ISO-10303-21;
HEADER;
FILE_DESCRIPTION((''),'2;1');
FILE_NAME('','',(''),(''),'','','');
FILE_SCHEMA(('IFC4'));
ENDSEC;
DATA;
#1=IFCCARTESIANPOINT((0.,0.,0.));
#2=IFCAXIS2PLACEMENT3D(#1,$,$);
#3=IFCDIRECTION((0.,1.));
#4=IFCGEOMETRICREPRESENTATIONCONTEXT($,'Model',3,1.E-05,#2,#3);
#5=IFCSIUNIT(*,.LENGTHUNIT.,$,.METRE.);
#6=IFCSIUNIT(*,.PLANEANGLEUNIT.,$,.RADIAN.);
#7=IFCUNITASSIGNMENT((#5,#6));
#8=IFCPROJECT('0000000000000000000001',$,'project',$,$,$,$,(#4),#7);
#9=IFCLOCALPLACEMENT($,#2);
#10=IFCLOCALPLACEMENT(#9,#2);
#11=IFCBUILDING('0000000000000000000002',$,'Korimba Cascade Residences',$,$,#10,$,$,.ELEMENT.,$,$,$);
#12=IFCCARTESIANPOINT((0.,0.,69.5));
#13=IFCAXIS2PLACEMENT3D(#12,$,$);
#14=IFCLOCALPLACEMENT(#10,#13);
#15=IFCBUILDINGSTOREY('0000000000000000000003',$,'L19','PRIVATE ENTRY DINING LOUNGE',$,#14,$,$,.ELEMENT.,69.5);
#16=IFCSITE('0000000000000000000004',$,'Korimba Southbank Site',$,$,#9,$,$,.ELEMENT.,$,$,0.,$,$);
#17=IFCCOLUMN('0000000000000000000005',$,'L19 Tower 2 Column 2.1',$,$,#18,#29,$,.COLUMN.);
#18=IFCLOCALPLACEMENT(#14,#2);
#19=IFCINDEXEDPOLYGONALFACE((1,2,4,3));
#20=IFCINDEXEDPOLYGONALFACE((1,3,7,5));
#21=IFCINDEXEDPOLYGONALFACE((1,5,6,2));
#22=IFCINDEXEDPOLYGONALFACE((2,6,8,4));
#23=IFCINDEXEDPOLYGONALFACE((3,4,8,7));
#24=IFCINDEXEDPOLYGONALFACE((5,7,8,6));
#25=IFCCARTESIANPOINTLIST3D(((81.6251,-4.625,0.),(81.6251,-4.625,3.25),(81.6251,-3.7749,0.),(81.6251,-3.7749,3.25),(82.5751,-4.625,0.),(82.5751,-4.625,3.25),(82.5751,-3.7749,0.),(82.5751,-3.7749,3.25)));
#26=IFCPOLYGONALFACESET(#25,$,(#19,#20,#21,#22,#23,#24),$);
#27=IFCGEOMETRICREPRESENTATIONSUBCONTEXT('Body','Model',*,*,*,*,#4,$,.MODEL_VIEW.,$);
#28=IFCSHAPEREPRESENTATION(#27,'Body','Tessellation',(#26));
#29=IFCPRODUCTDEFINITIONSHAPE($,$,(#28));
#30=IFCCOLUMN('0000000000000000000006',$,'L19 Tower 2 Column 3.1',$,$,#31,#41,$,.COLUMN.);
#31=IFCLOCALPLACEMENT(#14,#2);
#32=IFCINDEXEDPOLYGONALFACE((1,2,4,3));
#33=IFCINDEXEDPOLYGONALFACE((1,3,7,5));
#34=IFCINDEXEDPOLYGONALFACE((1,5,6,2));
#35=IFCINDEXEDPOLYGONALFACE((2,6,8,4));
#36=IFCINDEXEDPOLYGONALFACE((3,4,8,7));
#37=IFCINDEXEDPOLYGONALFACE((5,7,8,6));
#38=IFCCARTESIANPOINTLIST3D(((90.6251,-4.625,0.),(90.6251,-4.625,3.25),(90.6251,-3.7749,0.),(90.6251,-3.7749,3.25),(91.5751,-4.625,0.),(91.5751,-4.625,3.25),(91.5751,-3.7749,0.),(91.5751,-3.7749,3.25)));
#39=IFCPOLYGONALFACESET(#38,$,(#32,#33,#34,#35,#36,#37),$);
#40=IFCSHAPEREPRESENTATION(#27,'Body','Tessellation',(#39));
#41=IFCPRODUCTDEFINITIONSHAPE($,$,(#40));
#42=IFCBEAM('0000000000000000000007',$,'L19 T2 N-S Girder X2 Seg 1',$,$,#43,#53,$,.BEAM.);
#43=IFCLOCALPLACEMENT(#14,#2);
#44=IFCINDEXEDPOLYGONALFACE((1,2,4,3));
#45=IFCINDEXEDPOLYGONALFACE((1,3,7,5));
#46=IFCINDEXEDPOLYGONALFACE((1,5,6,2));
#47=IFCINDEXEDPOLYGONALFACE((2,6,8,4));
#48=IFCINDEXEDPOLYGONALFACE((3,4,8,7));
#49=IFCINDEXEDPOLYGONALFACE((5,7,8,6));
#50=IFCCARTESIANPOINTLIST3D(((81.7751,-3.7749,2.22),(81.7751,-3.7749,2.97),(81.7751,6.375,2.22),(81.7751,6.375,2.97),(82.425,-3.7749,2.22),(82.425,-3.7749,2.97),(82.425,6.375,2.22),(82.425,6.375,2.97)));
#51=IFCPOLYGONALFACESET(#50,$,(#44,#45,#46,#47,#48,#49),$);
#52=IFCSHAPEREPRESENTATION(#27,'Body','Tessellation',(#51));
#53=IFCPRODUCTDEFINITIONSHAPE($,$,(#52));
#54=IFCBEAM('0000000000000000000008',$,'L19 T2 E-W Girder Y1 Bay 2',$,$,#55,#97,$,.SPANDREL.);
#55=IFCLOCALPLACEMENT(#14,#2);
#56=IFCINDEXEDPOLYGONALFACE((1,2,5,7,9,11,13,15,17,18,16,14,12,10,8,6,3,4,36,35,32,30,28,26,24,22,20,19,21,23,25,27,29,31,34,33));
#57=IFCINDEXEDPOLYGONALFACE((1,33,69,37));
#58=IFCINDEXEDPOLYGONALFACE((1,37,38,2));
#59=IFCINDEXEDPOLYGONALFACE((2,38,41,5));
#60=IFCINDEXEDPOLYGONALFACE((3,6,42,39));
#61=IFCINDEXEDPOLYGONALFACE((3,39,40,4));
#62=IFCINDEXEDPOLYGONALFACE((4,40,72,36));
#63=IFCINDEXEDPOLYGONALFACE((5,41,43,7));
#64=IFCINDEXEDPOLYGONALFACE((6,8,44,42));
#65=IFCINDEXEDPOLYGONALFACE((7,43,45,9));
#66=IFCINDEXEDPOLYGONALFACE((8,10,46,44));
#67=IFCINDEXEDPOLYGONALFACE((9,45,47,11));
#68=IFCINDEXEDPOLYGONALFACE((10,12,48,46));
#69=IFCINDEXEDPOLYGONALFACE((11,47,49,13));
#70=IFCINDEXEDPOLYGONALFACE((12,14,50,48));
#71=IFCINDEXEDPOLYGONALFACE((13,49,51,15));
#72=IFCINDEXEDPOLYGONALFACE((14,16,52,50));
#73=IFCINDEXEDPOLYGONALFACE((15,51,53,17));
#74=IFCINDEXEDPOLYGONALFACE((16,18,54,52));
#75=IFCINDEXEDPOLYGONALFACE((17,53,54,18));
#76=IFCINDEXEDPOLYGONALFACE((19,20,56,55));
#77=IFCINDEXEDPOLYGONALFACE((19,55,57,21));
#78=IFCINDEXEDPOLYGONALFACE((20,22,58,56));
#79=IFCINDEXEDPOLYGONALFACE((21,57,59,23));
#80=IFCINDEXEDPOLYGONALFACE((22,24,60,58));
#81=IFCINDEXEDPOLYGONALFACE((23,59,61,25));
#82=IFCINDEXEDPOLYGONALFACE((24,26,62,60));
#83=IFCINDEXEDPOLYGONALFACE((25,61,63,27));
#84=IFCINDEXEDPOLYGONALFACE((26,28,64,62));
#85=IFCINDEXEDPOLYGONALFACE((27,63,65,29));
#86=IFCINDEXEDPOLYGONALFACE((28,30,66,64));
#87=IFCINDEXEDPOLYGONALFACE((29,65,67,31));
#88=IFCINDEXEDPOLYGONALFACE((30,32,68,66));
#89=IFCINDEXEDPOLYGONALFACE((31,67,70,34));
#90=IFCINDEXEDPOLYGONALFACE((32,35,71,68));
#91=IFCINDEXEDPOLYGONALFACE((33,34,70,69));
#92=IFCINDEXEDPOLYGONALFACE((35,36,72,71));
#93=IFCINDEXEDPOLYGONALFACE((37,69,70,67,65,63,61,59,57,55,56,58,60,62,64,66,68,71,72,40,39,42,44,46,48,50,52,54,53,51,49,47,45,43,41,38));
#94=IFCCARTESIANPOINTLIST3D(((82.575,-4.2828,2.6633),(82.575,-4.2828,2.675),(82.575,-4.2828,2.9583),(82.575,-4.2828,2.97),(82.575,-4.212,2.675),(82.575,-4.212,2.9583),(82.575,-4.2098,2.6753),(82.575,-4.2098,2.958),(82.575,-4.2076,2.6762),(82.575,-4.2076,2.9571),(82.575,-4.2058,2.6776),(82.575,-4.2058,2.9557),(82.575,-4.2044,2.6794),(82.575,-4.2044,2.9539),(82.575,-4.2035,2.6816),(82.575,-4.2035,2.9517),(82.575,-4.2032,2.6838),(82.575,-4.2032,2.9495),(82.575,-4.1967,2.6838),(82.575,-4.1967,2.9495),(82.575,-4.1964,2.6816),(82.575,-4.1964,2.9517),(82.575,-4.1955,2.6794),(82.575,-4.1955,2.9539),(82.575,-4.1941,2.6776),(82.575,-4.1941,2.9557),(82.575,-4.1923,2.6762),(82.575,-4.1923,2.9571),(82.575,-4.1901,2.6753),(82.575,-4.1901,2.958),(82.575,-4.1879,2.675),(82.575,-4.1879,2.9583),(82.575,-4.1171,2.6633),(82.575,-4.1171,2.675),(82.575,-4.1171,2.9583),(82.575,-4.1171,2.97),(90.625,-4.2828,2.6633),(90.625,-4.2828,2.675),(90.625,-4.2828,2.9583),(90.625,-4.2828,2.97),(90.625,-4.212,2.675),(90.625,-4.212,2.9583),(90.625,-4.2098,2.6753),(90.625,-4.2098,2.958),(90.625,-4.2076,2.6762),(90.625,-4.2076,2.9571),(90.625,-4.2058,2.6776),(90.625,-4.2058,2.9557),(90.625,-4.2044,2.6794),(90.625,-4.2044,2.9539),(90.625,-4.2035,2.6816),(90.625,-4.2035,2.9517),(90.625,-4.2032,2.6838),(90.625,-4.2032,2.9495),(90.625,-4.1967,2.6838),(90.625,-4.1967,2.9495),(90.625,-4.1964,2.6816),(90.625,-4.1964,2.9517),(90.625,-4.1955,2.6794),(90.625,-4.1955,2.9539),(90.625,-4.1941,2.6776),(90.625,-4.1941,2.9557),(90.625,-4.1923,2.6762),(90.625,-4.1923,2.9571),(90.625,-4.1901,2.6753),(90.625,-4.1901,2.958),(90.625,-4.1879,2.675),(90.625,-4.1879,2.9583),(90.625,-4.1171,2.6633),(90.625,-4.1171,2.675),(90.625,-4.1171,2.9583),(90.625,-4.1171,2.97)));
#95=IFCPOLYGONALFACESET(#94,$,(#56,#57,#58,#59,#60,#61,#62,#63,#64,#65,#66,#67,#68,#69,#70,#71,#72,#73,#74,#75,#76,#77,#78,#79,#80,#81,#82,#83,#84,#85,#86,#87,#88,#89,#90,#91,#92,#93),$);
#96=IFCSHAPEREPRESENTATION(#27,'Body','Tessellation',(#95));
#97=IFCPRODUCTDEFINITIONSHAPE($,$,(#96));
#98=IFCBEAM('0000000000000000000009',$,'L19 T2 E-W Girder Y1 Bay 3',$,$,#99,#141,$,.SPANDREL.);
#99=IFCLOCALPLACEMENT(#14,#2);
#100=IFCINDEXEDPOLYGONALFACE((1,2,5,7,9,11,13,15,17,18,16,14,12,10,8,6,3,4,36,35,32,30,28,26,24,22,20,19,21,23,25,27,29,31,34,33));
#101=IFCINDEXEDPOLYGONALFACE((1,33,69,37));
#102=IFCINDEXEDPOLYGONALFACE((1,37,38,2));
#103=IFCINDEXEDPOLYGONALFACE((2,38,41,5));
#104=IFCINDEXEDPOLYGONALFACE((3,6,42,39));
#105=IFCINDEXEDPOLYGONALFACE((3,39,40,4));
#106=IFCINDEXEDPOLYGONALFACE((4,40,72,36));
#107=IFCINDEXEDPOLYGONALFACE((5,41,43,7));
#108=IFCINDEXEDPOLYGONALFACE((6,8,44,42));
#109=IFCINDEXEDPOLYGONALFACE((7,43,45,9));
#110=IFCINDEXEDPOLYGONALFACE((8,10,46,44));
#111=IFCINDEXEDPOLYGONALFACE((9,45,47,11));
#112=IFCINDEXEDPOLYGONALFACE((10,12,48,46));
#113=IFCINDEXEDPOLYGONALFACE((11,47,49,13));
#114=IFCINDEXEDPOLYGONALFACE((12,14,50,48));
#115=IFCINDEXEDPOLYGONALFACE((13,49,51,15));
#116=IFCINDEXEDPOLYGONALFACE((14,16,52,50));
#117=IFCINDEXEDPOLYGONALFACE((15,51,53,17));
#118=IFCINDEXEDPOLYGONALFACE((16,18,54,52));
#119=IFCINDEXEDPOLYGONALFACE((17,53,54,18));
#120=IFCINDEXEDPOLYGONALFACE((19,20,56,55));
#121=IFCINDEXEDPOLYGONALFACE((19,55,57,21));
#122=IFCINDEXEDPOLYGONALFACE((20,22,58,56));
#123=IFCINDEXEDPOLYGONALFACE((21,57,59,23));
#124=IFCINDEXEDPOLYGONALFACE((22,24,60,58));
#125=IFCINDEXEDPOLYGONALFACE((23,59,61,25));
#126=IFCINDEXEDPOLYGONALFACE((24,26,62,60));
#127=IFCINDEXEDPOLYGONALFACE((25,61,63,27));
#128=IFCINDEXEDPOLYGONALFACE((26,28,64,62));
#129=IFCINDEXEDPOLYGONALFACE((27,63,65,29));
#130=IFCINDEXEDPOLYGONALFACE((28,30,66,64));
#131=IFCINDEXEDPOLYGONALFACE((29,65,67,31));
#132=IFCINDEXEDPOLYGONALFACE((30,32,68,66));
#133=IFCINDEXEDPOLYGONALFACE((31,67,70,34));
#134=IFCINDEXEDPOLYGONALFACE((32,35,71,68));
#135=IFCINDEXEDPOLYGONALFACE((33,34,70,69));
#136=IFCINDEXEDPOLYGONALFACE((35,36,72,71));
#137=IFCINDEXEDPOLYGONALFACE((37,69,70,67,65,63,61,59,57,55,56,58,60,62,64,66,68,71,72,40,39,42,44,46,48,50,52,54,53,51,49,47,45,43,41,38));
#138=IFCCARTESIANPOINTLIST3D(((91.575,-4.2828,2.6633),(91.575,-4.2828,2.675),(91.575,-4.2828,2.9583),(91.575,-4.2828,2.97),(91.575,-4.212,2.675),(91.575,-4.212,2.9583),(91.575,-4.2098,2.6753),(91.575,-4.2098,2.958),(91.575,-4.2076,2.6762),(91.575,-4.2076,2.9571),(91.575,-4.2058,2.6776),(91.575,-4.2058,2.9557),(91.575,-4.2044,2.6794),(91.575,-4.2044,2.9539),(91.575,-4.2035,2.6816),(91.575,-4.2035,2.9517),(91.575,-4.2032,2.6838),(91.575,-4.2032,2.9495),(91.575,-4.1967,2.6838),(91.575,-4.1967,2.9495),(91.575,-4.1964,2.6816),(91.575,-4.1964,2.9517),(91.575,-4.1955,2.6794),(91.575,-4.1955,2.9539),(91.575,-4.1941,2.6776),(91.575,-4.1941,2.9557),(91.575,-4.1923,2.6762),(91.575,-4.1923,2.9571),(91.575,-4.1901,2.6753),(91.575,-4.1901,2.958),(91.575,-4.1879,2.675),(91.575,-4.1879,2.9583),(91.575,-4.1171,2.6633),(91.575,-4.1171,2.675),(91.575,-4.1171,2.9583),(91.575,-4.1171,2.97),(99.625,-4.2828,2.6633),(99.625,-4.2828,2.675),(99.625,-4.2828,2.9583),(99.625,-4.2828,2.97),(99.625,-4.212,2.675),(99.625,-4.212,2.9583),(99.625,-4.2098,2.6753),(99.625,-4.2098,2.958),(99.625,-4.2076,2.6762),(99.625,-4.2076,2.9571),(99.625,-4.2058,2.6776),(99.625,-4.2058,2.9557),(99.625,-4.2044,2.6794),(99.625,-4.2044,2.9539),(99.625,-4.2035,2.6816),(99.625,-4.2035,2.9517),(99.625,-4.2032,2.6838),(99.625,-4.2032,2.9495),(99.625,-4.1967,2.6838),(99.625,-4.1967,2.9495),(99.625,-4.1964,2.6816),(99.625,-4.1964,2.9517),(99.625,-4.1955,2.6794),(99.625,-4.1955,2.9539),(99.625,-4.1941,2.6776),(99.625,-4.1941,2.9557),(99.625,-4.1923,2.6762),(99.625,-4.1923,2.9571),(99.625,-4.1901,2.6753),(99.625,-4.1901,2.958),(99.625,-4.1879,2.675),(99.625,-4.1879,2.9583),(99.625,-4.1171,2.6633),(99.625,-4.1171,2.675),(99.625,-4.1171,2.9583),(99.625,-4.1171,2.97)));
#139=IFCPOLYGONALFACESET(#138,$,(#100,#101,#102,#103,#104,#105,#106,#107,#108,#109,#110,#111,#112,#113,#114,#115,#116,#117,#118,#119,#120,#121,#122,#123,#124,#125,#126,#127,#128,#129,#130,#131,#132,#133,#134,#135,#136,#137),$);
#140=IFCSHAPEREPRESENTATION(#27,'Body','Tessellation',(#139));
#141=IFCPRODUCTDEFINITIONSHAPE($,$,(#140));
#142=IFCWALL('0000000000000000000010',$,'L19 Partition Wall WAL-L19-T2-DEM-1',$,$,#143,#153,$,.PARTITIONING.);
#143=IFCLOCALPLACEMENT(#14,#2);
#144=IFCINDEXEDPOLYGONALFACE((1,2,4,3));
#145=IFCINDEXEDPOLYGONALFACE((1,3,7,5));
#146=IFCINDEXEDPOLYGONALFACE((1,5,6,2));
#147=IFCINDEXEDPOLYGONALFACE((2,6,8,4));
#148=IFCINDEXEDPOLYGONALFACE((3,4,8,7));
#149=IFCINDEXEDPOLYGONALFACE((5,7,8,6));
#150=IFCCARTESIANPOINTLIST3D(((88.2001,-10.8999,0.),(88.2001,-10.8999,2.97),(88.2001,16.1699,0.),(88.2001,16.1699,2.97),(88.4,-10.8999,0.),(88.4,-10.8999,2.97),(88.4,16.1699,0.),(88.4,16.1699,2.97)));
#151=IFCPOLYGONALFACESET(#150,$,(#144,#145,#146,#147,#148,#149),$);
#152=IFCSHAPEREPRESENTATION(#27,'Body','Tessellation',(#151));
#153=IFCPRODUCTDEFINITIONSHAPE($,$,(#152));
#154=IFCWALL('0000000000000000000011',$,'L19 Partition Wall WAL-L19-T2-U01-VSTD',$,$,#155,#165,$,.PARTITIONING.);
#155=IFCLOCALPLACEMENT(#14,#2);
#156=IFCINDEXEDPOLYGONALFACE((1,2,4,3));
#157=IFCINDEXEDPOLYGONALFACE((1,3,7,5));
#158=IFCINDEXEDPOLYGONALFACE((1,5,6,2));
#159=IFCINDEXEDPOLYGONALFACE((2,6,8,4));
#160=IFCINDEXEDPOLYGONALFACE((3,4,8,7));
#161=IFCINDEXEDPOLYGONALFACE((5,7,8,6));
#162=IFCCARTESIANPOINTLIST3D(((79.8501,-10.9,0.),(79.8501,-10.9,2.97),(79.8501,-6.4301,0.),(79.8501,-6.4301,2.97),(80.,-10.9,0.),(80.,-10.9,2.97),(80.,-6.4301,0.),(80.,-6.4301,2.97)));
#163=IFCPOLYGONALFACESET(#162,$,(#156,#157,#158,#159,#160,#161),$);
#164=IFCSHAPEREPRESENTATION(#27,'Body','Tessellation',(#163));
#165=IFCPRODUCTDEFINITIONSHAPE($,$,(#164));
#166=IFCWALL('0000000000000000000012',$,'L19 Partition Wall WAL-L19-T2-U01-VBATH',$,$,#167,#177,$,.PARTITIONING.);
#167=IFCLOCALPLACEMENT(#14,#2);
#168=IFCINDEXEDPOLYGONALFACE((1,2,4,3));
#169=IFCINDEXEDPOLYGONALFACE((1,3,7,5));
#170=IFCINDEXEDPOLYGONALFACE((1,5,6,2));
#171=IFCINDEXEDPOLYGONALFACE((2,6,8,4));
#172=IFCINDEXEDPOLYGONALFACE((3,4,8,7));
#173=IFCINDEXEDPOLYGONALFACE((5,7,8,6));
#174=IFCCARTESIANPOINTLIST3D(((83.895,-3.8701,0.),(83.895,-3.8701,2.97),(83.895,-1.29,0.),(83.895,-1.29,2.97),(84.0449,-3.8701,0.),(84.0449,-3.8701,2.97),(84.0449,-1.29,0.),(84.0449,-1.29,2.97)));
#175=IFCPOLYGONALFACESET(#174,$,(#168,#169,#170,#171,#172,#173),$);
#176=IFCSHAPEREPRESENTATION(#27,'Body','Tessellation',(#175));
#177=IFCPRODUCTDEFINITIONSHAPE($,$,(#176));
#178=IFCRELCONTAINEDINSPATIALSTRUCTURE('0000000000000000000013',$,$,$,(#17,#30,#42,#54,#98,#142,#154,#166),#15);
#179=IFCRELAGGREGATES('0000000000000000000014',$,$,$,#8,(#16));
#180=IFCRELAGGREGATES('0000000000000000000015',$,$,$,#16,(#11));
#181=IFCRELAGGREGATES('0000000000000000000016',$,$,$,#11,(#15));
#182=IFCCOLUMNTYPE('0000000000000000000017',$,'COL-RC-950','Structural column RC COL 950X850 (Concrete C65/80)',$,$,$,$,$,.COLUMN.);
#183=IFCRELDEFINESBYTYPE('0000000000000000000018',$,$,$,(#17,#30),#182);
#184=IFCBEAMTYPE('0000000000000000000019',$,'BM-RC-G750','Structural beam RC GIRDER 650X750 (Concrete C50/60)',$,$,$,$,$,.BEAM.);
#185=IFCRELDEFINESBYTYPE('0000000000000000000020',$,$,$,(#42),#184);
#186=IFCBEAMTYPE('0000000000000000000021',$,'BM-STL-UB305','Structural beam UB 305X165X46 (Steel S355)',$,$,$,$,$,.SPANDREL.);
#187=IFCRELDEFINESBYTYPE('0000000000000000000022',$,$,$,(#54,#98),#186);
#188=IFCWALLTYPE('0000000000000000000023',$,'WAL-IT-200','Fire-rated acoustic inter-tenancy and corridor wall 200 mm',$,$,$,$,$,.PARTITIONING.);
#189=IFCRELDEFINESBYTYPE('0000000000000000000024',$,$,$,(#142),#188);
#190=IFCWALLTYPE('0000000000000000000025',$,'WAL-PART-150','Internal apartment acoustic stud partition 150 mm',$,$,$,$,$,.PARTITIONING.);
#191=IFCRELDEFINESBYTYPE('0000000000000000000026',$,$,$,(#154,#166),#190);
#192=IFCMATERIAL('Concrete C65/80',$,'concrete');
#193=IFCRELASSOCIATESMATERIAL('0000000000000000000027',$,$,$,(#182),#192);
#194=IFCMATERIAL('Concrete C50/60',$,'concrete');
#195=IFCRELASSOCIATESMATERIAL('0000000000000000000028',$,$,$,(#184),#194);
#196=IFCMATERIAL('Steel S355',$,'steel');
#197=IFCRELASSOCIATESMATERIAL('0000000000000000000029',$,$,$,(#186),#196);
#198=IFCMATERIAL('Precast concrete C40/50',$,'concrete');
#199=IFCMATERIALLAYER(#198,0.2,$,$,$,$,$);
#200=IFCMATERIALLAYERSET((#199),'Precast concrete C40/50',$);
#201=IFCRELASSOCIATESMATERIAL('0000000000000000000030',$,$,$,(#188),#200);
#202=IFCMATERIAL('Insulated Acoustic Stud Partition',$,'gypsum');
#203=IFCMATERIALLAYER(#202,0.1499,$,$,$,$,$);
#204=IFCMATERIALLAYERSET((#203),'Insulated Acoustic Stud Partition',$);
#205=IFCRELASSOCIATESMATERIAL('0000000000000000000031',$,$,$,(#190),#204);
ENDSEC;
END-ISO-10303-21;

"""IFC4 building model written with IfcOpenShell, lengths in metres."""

from ifc_helpers import new_model, si_unit, direction, frame, frame_2d, origin, origin_2d, place, context, subcontext, project, spatial, rectangle, i_section, extrude, material, layer, layer_set, material_profile, profile_set, type_object, element, save


model = new_model("IFC4")

# Units and contexts
model_context = context("Model", 3, precision=1e-05, world=origin(), true_north=direction((0.0, 1.0)))
body_context = subcontext(model_context, "Body", "Model", "MODEL_VIEW")
ifc_project = project(units=[si_unit("LENGTHUNIT", "METRE"), si_unit("PLANEANGLEUNIT", "RADIAN")], contexts=[model_context])

# Site, building, storey
site_placement = place(None, origin())
site = spatial("IfcSite", under=ifc_project, at=site_placement, Name="Korimba Southbank Site", CompositionType="ELEMENT", RefElevation=0.0)
building_placement = place(site_placement, origin())
building = spatial("IfcBuilding", under=site, at=building_placement, Name="Korimba Cascade Residences", CompositionType="ELEMENT")
storey_placement = place(building_placement, frame((0.0, 0.0, 69.5)))
storey = spatial("IfcBuildingStorey", under=building, at=storey_placement, Name="L19", Description="PRIVATE ENTRY DINING LOUNGE", CompositionType="ELEMENT", Elevation=69.5)

# Columns
ifc_material_1 = material(Name="Concrete C65/80", Category="concrete")
ifc_material_profile_1 = material_profile(ifc_material_1, rectangle(XDim=0.95, YDim=0.8501, at=origin_2d()), Name="Concrete C65/80")
ifc_profile_set_1 = profile_set([ifc_material_profile_1], Name="Concrete C65/80")
column_type = type_object("IfcColumnType", Name="COL-RC-950", Description="Structural column RC COL 950X850 (Concrete C65/80)", PredefinedType="COLUMN", material=ifc_profile_set_1)
for number, where, z_axis, x_axis, name in (
    (1, (82.1001, -4.2, 0.0), (0.0, 0.0, 1.0), (1.0, 0.0, 0.0), "L19 Tower 2 Column 2.1"),
    (2, (91.1001, -4.2, 0.0), (0.0, 0.0, 1.0), (1.0, 0.0, 0.0), "L19 Tower 2 Column 3.1"),
):
    element("IfcColumn", number, at=place(storey_placement, frame(where, z_axis=z_axis, x_axis=x_axis)), inside=storey, type_object=column_type, Name=name, PredefinedType="COLUMN", context=body_context, shape_type="SweptSolid", body=[
        extrude(rectangle(XDim=0.95, YDim=0.8501, at=origin_2d()), origin(), (0.0, 0.0, 1.0), 3.25),
    ])

# Beams
ifc_material_2 = material(Name="Concrete C50/60", Category="concrete")
ifc_material_profile_2 = material_profile(ifc_material_2, rectangle(XDim=0.6499, YDim=0.75, at=origin_2d()), Name="Concrete C50/60")
ifc_profile_set_2 = profile_set([ifc_material_profile_2], Name="Concrete C50/60")
beam_type_1 = type_object("IfcBeamType", Name="BM-RC-G750", Description="Structural beam RC GIRDER 650X750 (Concrete C50/60)", PredefinedType="BEAM", material=ifc_profile_set_2)
beam_placement = place(storey_placement, frame((82.1001, -3.7749, 2.595), z_axis=(0.0, 1.0, 0.0), x_axis=(-1.0, 0.0, 0.0)))
element("IfcBeam", 3, at=beam_placement, inside=storey, type_object=beam_type_1, Name="L19 T2 N-S Girder X2 Seg 1", PredefinedType="BEAM", context=body_context, shape_type="SweptSolid", body=[
    extrude(rectangle(XDim=0.6499, YDim=0.75, at=origin_2d()), origin(), (0.0, 0.0, 1.0), 10.1499),
])
ifc_material_3 = material(Name="Steel S355", Category="steel")
ifc_material_profile_3 = material_profile(ifc_material_3, i_section(OverallWidth=0.1658, OverallDepth=0.3066, WebThickness=0.0066, FlangeThickness=0.0117, FilletRadius=0.0088, at=origin_2d()), Name="Steel S355")
ifc_profile_set_3 = profile_set([ifc_material_profile_3], Name="Steel S355")
beam_type_2 = type_object("IfcBeamType", Name="BM-STL-UB305", Description="Structural beam UB 305X165X46 (Steel S355)", PredefinedType="SPANDREL", material=ifc_profile_set_3)
for number, where, z_axis, x_axis, name in (
    (4, (82.575, -4.2, 2.8167), (1.0, 0.0, 0.0), (0.0, 1.0, 0.0), "L19 T2 E-W Girder Y1 Bay 2"),
    (5, (91.575, -4.2, 2.8167), (1.0, 0.0, 0.0), (0.0, 1.0, 0.0), "L19 T2 E-W Girder Y1 Bay 3"),
):
    element("IfcBeam", number, at=place(storey_placement, frame(where, z_axis=z_axis, x_axis=x_axis)), inside=storey, type_object=beam_type_2, Name=name, PredefinedType="SPANDREL", context=body_context, shape_type="SweptSolid", body=[
        extrude(i_section(OverallWidth=0.1658, OverallDepth=0.3066, WebThickness=0.0066, FlangeThickness=0.0117, FilletRadius=0.0088, at=origin_2d()), origin(), (0.0, 0.0, 1.0), 8.05),
    ])

# Walls
ifc_material_4 = material(Name="Precast concrete C40/50", Category="concrete")
ifc_layer_1 = layer(ifc_material_4, 0.2)
ifc_layer_set_1 = layer_set([ifc_layer_1], Name="Precast concrete C40/50")
wall_type_1 = type_object("IfcWallType", Name="WAL-IT-200", Description="Fire-rated acoustic inter-tenancy and corridor wall 200 mm", PredefinedType="PARTITIONING", material=ifc_layer_set_1)
wall_1_placement = place(storey_placement, frame((88.3, -10.8999, 0.0), z_axis=(0.0, 0.0, 1.0), x_axis=(0.0, 1.0, 0.0)))
element("IfcWall", 6, at=wall_1_placement, inside=storey, type_object=wall_type_1, Name="L19 Partition Wall WAL-L19-T2-DEM-1", PredefinedType="PARTITIONING", context=body_context, shape_type="SweptSolid", body=[
    extrude(rectangle(XDim=27.0698, YDim=0.2, at=frame_2d((13.5349, 0.0))), origin(), (0.0, 0.0, 1.0), 2.97),
])
ifc_material_5 = material(Name="Insulated Acoustic Stud Partition", Category="gypsum")
ifc_layer_2 = layer(ifc_material_5, 0.1499)
ifc_layer_set_2 = layer_set([ifc_layer_2], Name="Insulated Acoustic Stud Partition")
wall_type_2 = type_object("IfcWallType", Name="WAL-PART-150", Description="Internal apartment acoustic stud partition 150 mm", PredefinedType="PARTITIONING", material=ifc_layer_set_2)
wall_2_placement = place(storey_placement, frame((79.925, -10.8999, 0.0), z_axis=(0.0, 0.0, 1.0), x_axis=(0.0, 1.0, 0.0)))
element("IfcWall", 7, at=wall_2_placement, inside=storey, type_object=wall_type_2, Name="L19 Partition Wall WAL-L19-T2-U01-VSTD", PredefinedType="PARTITIONING", context=body_context, shape_type="SweptSolid", body=[
    extrude(rectangle(XDim=4.47, YDim=0.1499, at=frame_2d((2.2349, 0.0))), origin(), (0.0, 0.0, 1.0), 2.97),
])
wall_3_placement = place(storey_placement, frame((83.97, -3.8701, 0.0), z_axis=(0.0, 0.0, 1.0), x_axis=(0.0, 1.0, 0.0)))
element("IfcWall", 8, at=wall_3_placement, inside=storey, type_object=wall_type_2, Name="L19 Partition Wall WAL-L19-T2-U01-VBATH", PredefinedType="PARTITIONING", context=body_context, shape_type="SweptSolid", body=[
    extrude(rectangle(XDim=2.5801, YDim=0.1499, at=frame_2d((1.29, 0.0))), origin(), (0.0, 0.0, 1.0), 2.97),
])

save(model, "model.ifc")
